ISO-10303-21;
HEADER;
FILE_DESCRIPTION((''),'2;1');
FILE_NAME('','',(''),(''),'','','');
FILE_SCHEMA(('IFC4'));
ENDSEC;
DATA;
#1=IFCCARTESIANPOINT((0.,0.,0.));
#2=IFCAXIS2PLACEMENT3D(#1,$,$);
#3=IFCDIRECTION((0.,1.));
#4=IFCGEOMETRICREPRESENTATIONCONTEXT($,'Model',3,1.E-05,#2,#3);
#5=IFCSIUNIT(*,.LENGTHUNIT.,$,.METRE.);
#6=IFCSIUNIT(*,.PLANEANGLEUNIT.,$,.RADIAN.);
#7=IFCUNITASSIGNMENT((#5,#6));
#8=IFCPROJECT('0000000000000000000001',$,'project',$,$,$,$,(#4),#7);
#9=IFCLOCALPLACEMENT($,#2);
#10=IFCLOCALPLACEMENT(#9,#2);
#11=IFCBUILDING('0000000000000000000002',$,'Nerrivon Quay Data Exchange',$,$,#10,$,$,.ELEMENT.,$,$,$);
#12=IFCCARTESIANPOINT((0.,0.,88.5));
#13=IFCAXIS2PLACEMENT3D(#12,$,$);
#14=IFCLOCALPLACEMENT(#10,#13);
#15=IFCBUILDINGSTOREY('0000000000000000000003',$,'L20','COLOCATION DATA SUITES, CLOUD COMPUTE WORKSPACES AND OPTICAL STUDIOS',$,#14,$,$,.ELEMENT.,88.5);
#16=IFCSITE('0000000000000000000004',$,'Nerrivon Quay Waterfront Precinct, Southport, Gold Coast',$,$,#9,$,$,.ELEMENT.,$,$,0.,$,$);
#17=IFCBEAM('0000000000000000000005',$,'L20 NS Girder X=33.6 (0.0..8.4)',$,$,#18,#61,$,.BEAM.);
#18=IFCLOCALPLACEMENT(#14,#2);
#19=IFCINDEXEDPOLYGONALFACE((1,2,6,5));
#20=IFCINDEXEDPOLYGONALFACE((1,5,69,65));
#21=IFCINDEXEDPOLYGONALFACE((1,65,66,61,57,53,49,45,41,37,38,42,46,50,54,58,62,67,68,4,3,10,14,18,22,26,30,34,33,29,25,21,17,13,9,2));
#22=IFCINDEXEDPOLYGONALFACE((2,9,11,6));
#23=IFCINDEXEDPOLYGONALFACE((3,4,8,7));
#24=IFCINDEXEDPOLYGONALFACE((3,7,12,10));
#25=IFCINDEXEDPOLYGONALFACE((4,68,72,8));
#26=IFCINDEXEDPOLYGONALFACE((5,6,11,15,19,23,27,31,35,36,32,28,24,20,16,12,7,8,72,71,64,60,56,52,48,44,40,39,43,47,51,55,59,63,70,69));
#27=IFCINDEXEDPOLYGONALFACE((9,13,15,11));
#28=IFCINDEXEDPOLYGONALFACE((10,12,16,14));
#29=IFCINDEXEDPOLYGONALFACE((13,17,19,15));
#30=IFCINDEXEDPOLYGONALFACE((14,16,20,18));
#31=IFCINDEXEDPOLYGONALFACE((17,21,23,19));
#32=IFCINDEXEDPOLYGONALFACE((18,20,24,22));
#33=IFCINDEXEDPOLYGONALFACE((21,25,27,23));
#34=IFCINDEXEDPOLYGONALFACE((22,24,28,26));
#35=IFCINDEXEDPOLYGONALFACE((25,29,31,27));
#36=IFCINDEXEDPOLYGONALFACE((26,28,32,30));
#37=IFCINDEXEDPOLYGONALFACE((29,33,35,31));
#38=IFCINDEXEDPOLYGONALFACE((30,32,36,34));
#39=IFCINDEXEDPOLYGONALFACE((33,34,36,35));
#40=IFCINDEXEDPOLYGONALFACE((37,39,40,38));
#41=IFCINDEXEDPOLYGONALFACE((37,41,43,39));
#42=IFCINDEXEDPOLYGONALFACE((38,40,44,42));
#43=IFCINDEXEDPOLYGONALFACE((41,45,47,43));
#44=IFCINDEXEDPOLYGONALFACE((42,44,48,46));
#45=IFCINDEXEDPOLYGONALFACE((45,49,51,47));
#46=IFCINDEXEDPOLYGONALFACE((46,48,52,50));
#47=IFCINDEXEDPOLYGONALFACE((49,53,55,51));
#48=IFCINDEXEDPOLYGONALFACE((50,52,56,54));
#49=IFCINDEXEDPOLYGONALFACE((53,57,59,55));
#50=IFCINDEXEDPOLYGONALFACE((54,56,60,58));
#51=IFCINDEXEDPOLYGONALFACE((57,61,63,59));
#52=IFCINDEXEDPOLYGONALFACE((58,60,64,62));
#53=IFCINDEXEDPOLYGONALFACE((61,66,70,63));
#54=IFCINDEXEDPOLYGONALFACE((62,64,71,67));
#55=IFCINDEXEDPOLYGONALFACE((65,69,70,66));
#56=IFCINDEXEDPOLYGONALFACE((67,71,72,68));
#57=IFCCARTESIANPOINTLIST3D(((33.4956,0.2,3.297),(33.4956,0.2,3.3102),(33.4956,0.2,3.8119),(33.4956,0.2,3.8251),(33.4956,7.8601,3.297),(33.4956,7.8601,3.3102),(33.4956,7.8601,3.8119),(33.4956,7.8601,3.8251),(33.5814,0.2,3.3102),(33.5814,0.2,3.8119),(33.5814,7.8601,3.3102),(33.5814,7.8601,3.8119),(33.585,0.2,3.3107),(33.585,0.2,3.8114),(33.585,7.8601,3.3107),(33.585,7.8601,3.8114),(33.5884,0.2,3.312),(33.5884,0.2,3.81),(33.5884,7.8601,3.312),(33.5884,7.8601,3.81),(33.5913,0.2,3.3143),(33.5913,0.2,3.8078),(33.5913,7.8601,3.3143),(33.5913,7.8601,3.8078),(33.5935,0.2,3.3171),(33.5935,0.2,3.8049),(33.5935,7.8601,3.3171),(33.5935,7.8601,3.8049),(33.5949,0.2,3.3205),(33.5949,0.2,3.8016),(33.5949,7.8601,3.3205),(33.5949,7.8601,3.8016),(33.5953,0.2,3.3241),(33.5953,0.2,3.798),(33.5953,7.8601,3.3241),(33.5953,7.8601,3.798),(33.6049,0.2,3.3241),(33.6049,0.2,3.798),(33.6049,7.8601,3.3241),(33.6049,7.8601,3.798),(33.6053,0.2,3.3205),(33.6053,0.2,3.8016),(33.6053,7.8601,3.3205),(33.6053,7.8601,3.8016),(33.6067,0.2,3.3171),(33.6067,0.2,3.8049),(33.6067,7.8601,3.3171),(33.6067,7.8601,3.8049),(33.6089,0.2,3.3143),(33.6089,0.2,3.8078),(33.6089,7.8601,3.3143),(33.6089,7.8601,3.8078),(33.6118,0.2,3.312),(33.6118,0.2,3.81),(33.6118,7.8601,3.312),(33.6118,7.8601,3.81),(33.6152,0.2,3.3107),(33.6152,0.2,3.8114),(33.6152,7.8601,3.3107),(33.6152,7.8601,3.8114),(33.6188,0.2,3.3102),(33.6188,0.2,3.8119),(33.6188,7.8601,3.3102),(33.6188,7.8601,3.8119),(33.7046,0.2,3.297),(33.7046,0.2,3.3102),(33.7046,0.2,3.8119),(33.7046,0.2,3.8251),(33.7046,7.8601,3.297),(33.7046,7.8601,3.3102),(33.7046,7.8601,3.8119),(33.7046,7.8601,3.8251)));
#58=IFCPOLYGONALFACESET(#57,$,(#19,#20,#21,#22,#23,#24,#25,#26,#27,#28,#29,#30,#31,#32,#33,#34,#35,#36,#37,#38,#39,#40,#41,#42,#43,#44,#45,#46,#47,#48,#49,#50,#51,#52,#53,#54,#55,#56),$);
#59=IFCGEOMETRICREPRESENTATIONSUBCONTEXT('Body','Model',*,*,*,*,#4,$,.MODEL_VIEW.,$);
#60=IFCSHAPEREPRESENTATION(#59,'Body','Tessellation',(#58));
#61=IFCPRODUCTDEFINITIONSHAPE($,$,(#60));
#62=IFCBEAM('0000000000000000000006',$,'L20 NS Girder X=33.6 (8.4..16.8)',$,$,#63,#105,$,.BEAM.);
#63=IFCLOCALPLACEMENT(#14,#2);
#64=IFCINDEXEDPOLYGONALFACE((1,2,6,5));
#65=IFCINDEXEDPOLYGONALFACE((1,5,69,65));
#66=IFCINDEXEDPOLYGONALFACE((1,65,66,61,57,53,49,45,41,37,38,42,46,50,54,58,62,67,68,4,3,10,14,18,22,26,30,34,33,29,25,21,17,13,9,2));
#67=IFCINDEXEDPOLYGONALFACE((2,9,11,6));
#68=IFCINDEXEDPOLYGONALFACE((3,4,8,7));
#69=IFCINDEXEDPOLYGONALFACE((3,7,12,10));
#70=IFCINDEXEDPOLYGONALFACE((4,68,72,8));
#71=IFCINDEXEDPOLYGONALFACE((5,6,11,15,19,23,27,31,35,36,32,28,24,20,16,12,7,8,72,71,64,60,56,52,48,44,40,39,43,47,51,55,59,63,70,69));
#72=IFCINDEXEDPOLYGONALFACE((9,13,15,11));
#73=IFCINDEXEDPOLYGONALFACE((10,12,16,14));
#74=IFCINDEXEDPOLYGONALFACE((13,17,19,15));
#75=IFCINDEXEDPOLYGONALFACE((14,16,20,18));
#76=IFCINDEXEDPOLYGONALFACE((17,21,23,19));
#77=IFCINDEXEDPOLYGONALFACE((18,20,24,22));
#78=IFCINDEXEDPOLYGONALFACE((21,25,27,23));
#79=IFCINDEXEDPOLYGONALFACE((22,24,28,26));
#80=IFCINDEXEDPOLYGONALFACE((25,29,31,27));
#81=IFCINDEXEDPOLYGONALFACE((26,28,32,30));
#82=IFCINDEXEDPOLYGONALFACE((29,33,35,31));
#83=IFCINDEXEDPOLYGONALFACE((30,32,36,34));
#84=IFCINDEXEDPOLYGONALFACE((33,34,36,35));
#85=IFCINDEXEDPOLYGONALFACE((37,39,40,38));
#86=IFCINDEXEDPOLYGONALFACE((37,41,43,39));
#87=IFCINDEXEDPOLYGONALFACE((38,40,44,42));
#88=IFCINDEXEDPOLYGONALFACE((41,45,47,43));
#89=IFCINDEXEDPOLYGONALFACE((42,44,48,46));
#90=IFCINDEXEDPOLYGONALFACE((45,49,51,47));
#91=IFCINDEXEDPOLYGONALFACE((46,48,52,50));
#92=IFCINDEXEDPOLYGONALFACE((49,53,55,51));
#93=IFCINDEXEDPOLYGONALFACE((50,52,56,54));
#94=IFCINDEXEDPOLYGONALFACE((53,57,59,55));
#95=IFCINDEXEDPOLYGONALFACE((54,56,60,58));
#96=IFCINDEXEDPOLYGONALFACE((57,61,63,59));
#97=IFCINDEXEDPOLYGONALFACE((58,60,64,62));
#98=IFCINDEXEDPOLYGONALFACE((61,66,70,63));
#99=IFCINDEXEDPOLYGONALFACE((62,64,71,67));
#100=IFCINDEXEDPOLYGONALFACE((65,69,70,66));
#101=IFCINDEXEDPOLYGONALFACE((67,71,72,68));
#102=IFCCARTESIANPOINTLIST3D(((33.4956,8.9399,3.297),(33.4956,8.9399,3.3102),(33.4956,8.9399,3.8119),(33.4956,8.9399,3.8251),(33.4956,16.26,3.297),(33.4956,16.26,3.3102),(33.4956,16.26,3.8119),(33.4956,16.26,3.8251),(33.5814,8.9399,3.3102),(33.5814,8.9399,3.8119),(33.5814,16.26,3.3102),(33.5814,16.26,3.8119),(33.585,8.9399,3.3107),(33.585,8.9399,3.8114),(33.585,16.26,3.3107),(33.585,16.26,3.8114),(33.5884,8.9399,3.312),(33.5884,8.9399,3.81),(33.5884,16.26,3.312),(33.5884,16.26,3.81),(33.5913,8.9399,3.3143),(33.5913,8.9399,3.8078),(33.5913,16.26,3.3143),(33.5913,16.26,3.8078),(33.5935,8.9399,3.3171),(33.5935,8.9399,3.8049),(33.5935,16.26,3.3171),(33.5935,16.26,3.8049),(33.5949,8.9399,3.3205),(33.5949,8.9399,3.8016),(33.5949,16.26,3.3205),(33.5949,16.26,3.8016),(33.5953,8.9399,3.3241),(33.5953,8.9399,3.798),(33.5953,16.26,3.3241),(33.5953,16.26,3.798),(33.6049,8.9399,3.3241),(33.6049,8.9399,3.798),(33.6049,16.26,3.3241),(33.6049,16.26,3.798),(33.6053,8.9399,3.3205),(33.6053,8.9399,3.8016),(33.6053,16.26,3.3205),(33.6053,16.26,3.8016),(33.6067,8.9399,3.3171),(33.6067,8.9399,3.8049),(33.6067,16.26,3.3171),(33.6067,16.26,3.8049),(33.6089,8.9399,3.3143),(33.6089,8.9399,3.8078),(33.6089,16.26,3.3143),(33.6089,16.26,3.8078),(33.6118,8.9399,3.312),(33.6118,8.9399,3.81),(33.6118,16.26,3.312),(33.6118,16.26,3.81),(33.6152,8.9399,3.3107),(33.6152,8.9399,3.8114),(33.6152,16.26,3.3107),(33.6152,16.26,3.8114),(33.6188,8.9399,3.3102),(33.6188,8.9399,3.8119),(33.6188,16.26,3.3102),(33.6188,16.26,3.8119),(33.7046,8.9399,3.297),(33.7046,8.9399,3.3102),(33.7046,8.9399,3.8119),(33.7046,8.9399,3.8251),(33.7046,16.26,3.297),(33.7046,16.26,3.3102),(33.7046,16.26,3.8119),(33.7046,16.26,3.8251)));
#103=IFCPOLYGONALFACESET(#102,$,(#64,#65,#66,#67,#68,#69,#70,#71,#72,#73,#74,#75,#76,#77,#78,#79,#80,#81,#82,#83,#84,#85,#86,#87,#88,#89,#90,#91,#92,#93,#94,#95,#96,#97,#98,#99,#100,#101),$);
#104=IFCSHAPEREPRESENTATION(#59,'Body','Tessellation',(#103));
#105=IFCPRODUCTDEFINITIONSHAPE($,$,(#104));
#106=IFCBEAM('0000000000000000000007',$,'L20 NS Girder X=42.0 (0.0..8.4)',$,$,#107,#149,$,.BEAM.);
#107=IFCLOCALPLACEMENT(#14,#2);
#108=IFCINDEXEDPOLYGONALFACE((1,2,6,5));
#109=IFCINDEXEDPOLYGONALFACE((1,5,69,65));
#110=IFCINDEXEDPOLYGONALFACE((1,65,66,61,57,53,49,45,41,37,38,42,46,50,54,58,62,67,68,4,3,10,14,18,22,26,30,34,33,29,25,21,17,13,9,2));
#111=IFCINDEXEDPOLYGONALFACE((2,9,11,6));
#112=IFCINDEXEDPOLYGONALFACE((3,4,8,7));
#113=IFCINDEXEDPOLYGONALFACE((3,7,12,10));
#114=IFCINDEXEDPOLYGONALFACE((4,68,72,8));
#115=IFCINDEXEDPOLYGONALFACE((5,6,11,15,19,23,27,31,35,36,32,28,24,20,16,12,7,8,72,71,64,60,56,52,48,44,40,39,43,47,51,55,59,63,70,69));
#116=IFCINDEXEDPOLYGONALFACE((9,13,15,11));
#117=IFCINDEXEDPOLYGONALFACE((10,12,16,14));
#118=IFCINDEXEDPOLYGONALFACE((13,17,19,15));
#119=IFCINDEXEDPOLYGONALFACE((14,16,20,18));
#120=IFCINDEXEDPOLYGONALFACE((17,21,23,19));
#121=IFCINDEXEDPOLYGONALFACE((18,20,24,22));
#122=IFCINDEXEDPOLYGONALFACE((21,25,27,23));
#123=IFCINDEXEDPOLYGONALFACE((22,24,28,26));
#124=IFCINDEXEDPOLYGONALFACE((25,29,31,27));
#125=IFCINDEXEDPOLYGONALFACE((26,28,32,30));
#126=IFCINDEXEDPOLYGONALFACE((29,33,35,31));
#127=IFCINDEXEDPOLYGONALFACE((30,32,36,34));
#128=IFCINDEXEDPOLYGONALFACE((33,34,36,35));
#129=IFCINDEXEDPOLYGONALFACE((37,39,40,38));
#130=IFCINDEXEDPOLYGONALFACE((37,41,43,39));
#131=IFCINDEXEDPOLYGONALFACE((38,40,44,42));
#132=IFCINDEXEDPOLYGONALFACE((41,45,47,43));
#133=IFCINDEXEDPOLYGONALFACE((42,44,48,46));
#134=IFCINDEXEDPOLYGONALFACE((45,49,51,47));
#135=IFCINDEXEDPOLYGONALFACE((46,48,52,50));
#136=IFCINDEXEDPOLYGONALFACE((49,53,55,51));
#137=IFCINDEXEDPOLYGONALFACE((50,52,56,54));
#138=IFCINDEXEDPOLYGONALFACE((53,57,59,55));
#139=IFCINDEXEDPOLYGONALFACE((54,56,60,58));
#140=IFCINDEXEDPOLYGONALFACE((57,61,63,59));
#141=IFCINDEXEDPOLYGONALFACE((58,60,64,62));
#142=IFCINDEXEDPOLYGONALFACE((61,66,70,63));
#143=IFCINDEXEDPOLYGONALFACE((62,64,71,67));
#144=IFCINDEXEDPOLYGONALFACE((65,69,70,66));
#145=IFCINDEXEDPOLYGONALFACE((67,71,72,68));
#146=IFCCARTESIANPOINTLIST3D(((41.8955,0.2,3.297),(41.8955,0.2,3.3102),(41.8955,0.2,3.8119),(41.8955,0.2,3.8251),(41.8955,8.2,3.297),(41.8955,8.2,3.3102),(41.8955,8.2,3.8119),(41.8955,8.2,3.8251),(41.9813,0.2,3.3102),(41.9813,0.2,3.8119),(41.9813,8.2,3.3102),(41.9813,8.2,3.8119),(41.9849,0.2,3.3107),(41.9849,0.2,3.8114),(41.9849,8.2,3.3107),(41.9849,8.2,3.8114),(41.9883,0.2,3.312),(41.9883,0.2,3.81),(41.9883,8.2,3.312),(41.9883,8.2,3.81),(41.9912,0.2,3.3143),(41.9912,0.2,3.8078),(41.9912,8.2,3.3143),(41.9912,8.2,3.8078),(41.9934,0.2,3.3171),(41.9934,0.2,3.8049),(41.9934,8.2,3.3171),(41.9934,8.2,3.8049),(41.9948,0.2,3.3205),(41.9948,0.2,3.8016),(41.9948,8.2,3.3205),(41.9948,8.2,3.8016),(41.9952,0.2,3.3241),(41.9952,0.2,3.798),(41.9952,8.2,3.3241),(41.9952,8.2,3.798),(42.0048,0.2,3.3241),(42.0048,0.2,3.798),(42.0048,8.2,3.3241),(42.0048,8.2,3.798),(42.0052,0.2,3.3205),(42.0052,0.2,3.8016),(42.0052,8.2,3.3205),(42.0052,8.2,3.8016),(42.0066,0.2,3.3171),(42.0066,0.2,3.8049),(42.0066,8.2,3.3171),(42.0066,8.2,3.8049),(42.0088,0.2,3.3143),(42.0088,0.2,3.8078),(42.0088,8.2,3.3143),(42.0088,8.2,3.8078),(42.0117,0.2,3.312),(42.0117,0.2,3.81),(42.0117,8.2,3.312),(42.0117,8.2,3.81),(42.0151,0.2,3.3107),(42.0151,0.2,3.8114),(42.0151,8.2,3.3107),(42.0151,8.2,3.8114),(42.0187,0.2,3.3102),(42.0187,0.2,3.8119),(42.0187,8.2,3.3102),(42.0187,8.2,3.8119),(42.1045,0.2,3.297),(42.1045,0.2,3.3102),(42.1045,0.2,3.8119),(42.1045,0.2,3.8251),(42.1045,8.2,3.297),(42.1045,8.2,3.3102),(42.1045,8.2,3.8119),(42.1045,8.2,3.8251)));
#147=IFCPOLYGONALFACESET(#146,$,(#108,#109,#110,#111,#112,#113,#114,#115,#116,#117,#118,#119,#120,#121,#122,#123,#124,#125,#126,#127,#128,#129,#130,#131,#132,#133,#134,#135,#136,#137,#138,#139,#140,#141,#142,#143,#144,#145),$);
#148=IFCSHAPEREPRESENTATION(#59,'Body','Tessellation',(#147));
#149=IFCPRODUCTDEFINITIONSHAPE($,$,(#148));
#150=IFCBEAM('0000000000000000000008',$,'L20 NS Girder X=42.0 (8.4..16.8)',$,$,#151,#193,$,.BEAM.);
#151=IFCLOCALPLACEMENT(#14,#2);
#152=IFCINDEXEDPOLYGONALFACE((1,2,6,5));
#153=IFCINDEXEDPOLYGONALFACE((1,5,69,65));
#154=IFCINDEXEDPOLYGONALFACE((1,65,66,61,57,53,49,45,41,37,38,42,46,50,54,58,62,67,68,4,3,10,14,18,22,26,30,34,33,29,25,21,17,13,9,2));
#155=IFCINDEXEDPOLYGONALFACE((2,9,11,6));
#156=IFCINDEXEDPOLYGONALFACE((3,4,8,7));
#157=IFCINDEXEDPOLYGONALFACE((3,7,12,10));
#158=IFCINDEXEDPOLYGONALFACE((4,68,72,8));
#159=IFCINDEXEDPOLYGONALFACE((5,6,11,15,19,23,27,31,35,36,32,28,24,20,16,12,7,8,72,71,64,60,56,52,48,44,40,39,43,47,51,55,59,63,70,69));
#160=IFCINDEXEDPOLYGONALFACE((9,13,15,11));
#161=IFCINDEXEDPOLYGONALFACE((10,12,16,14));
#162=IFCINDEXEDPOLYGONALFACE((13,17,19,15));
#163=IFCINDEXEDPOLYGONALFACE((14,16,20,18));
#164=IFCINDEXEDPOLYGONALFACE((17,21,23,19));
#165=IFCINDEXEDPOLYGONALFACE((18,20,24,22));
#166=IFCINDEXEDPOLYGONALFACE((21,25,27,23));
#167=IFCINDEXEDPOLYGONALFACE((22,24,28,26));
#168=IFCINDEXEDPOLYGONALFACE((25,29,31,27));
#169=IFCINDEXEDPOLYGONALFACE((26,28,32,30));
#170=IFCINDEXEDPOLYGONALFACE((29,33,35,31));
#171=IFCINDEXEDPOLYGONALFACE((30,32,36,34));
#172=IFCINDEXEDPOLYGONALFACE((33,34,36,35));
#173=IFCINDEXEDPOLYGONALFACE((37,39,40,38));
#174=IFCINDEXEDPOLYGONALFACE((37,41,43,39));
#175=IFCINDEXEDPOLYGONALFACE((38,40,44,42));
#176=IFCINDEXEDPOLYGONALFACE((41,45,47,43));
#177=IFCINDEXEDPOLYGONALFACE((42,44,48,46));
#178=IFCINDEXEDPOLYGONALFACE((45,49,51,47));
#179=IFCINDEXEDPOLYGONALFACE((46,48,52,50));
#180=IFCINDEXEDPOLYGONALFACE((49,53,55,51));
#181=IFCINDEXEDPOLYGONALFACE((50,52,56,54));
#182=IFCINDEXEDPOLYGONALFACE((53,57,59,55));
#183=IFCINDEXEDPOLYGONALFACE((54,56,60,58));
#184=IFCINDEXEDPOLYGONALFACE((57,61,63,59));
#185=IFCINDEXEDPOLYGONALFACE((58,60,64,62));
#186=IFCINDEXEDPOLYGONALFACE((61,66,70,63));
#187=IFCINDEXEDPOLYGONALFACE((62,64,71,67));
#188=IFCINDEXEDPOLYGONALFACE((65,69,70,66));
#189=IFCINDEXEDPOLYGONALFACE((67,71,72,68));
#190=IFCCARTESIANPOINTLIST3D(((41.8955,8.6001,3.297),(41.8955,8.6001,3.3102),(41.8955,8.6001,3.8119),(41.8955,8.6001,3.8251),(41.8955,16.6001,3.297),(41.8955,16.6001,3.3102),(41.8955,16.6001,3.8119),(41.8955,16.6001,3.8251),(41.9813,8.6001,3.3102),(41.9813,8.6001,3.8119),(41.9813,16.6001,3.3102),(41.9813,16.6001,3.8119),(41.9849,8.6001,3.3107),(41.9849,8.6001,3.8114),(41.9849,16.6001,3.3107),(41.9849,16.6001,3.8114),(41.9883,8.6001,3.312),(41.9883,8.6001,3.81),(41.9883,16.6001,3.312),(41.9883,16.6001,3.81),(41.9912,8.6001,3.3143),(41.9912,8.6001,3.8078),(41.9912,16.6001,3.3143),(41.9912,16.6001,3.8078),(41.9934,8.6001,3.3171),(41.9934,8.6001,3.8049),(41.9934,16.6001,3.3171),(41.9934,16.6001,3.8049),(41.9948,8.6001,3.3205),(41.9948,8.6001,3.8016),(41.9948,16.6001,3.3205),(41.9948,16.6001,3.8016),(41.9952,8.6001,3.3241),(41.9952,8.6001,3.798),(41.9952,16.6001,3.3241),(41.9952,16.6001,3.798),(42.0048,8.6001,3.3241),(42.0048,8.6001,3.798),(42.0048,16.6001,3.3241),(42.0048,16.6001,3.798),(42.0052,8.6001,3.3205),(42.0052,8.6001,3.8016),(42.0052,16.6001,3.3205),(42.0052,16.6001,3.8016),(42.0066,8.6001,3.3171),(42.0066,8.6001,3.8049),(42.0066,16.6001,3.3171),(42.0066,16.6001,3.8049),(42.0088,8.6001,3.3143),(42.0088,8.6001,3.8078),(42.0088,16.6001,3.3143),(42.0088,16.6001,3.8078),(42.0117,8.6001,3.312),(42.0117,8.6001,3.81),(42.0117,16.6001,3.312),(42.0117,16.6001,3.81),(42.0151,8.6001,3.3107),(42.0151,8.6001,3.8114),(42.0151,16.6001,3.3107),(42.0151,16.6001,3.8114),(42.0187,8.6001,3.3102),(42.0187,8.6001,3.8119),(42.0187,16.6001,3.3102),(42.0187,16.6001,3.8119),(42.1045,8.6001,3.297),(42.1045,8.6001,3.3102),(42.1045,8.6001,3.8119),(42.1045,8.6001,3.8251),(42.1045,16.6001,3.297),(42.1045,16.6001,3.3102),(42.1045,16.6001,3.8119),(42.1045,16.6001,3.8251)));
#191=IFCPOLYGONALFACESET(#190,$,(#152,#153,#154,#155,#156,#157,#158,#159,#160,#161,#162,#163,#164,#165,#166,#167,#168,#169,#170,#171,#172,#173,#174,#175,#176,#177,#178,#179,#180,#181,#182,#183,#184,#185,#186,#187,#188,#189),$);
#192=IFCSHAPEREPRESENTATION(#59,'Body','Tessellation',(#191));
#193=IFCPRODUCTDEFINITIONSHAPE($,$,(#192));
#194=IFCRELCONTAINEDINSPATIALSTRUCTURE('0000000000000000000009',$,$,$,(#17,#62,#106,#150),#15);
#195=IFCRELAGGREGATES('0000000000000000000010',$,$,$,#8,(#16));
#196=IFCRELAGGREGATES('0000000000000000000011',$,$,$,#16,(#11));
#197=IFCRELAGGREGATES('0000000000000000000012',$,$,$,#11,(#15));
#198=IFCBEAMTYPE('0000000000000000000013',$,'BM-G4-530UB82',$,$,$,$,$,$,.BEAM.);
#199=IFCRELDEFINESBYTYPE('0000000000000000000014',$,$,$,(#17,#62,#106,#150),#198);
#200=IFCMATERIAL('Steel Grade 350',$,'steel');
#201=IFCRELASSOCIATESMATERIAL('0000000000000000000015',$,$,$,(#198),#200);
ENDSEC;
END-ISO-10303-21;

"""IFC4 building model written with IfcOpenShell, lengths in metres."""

from ifc_helpers import new_model, si_unit, direction, frame, origin, origin_2d, place, context, subcontext, project, spatial, i_section, extrude, material, material_profile, profile_set, type_object, element, save


model = new_model("IFC4")

# Units and contexts
model_context = context("Model", 3, precision=1e-05, world=origin(), true_north=direction((0.0, 1.0)))
body_context = subcontext(model_context, "Body", "Model", "MODEL_VIEW")
ifc_project = project(units=[si_unit("LENGTHUNIT", "METRE"), si_unit("PLANEANGLEUNIT", "RADIAN")], contexts=[model_context])

# Site, building, storey
site_placement = place(None, origin())
site = spatial("IfcSite", under=ifc_project, at=site_placement, Name="Nerrivon Quay Waterfront Precinct, Southport, Gold Coast", CompositionType="ELEMENT", RefElevation=0.0)
building_placement = place(site_placement, origin())
building = spatial("IfcBuilding", under=site, at=building_placement, Name="Nerrivon Quay Data Exchange", CompositionType="ELEMENT")
storey_placement = place(building_placement, frame((0.0, 0.0, 88.5)))
storey = spatial("IfcBuildingStorey", under=building, at=storey_placement, Name="L20", Description="COLOCATION DATA SUITES, CLOUD COMPUTE WORKSPACES AND OPTICAL STUDIOS", CompositionType="ELEMENT", Elevation=88.5)

# Shared definitions
ifc_material_1 = material(Name="Steel Grade 350", Category="steel")

# Beams
ifc_material_profile_1 = material_profile(ifc_material_1, i_section(OverallWidth=0.209, OverallDepth=0.5281, WebThickness=0.0095, FlangeThickness=0.0132, FilletRadius=0.0139, at=origin_2d()), Name="530UB82.0")
ifc_profile_set_1 = profile_set([ifc_material_profile_1], Name="Steel Grade 350")
beam_type_1 = type_object("IfcBeamType", Name="BM-G4-530UB82", PredefinedType="BEAM", material=ifc_profile_set_1)
beam_1_placement = place(storey_placement, frame((33.6001, 0.2, 3.561), z_axis=(0.0, 1.0, 0.0), x_axis=(-1.0, 0.0, 0.0)))
element("IfcBeam", 1, at=beam_1_placement, inside=storey, type_object=beam_type_1, Name="L20 NS Girder X=33.6 (0.0..8.4)", PredefinedType="BEAM", context=body_context, shape_type="SweptSolid", body=[
    extrude(i_section(OverallWidth=0.209, OverallDepth=0.5281, WebThickness=0.0095, FlangeThickness=0.0132, FilletRadius=0.0139, at=origin_2d()), origin(), (0.0, 0.0, 1.0), 7.6602),
])
beam_2_placement = place(storey_placement, frame((33.6001, 8.9399, 3.561), z_axis=(0.0, 1.0, 0.0), x_axis=(-1.0, 0.0, 0.0)))
element("IfcBeam", 2, at=beam_2_placement, inside=storey, type_object=beam_type_1, Name="L20 NS Girder X=33.6 (8.4..16.8)", PredefinedType="BEAM", context=body_context, shape_type="SweptSolid", body=[
    extrude(i_section(OverallWidth=0.209, OverallDepth=0.5281, WebThickness=0.0095, FlangeThickness=0.0132, FilletRadius=0.0139, at=origin_2d()), origin(), (0.0, 0.0, 1.0), 7.3201),
])
for number, where, z_axis, x_axis, name in (
    (3, (42.0, 0.2, 3.561), (0.0, 1.0, 0.0), (-1.0, 0.0, 0.0), "L20 NS Girder X=42.0 (0.0..8.4)"),
    (4, (42.0, 8.6001, 3.561), (0.0, 1.0, 0.0), (-1.0, 0.0, 0.0), "L20 NS Girder X=42.0 (8.4..16.8)"),
):
    element("IfcBeam", number, at=place(storey_placement, frame(where, z_axis=z_axis, x_axis=x_axis)), inside=storey, type_object=beam_type_1, Name=name, PredefinedType="BEAM", context=body_context, shape_type="SweptSolid", body=[
        extrude(i_section(OverallWidth=0.209, OverallDepth=0.5281, WebThickness=0.0095, FlangeThickness=0.0132, FilletRadius=0.0139, at=origin_2d()), origin(), (0.0, 0.0, 1.0), 8.0),
    ])

save(model, "model.ifc")
